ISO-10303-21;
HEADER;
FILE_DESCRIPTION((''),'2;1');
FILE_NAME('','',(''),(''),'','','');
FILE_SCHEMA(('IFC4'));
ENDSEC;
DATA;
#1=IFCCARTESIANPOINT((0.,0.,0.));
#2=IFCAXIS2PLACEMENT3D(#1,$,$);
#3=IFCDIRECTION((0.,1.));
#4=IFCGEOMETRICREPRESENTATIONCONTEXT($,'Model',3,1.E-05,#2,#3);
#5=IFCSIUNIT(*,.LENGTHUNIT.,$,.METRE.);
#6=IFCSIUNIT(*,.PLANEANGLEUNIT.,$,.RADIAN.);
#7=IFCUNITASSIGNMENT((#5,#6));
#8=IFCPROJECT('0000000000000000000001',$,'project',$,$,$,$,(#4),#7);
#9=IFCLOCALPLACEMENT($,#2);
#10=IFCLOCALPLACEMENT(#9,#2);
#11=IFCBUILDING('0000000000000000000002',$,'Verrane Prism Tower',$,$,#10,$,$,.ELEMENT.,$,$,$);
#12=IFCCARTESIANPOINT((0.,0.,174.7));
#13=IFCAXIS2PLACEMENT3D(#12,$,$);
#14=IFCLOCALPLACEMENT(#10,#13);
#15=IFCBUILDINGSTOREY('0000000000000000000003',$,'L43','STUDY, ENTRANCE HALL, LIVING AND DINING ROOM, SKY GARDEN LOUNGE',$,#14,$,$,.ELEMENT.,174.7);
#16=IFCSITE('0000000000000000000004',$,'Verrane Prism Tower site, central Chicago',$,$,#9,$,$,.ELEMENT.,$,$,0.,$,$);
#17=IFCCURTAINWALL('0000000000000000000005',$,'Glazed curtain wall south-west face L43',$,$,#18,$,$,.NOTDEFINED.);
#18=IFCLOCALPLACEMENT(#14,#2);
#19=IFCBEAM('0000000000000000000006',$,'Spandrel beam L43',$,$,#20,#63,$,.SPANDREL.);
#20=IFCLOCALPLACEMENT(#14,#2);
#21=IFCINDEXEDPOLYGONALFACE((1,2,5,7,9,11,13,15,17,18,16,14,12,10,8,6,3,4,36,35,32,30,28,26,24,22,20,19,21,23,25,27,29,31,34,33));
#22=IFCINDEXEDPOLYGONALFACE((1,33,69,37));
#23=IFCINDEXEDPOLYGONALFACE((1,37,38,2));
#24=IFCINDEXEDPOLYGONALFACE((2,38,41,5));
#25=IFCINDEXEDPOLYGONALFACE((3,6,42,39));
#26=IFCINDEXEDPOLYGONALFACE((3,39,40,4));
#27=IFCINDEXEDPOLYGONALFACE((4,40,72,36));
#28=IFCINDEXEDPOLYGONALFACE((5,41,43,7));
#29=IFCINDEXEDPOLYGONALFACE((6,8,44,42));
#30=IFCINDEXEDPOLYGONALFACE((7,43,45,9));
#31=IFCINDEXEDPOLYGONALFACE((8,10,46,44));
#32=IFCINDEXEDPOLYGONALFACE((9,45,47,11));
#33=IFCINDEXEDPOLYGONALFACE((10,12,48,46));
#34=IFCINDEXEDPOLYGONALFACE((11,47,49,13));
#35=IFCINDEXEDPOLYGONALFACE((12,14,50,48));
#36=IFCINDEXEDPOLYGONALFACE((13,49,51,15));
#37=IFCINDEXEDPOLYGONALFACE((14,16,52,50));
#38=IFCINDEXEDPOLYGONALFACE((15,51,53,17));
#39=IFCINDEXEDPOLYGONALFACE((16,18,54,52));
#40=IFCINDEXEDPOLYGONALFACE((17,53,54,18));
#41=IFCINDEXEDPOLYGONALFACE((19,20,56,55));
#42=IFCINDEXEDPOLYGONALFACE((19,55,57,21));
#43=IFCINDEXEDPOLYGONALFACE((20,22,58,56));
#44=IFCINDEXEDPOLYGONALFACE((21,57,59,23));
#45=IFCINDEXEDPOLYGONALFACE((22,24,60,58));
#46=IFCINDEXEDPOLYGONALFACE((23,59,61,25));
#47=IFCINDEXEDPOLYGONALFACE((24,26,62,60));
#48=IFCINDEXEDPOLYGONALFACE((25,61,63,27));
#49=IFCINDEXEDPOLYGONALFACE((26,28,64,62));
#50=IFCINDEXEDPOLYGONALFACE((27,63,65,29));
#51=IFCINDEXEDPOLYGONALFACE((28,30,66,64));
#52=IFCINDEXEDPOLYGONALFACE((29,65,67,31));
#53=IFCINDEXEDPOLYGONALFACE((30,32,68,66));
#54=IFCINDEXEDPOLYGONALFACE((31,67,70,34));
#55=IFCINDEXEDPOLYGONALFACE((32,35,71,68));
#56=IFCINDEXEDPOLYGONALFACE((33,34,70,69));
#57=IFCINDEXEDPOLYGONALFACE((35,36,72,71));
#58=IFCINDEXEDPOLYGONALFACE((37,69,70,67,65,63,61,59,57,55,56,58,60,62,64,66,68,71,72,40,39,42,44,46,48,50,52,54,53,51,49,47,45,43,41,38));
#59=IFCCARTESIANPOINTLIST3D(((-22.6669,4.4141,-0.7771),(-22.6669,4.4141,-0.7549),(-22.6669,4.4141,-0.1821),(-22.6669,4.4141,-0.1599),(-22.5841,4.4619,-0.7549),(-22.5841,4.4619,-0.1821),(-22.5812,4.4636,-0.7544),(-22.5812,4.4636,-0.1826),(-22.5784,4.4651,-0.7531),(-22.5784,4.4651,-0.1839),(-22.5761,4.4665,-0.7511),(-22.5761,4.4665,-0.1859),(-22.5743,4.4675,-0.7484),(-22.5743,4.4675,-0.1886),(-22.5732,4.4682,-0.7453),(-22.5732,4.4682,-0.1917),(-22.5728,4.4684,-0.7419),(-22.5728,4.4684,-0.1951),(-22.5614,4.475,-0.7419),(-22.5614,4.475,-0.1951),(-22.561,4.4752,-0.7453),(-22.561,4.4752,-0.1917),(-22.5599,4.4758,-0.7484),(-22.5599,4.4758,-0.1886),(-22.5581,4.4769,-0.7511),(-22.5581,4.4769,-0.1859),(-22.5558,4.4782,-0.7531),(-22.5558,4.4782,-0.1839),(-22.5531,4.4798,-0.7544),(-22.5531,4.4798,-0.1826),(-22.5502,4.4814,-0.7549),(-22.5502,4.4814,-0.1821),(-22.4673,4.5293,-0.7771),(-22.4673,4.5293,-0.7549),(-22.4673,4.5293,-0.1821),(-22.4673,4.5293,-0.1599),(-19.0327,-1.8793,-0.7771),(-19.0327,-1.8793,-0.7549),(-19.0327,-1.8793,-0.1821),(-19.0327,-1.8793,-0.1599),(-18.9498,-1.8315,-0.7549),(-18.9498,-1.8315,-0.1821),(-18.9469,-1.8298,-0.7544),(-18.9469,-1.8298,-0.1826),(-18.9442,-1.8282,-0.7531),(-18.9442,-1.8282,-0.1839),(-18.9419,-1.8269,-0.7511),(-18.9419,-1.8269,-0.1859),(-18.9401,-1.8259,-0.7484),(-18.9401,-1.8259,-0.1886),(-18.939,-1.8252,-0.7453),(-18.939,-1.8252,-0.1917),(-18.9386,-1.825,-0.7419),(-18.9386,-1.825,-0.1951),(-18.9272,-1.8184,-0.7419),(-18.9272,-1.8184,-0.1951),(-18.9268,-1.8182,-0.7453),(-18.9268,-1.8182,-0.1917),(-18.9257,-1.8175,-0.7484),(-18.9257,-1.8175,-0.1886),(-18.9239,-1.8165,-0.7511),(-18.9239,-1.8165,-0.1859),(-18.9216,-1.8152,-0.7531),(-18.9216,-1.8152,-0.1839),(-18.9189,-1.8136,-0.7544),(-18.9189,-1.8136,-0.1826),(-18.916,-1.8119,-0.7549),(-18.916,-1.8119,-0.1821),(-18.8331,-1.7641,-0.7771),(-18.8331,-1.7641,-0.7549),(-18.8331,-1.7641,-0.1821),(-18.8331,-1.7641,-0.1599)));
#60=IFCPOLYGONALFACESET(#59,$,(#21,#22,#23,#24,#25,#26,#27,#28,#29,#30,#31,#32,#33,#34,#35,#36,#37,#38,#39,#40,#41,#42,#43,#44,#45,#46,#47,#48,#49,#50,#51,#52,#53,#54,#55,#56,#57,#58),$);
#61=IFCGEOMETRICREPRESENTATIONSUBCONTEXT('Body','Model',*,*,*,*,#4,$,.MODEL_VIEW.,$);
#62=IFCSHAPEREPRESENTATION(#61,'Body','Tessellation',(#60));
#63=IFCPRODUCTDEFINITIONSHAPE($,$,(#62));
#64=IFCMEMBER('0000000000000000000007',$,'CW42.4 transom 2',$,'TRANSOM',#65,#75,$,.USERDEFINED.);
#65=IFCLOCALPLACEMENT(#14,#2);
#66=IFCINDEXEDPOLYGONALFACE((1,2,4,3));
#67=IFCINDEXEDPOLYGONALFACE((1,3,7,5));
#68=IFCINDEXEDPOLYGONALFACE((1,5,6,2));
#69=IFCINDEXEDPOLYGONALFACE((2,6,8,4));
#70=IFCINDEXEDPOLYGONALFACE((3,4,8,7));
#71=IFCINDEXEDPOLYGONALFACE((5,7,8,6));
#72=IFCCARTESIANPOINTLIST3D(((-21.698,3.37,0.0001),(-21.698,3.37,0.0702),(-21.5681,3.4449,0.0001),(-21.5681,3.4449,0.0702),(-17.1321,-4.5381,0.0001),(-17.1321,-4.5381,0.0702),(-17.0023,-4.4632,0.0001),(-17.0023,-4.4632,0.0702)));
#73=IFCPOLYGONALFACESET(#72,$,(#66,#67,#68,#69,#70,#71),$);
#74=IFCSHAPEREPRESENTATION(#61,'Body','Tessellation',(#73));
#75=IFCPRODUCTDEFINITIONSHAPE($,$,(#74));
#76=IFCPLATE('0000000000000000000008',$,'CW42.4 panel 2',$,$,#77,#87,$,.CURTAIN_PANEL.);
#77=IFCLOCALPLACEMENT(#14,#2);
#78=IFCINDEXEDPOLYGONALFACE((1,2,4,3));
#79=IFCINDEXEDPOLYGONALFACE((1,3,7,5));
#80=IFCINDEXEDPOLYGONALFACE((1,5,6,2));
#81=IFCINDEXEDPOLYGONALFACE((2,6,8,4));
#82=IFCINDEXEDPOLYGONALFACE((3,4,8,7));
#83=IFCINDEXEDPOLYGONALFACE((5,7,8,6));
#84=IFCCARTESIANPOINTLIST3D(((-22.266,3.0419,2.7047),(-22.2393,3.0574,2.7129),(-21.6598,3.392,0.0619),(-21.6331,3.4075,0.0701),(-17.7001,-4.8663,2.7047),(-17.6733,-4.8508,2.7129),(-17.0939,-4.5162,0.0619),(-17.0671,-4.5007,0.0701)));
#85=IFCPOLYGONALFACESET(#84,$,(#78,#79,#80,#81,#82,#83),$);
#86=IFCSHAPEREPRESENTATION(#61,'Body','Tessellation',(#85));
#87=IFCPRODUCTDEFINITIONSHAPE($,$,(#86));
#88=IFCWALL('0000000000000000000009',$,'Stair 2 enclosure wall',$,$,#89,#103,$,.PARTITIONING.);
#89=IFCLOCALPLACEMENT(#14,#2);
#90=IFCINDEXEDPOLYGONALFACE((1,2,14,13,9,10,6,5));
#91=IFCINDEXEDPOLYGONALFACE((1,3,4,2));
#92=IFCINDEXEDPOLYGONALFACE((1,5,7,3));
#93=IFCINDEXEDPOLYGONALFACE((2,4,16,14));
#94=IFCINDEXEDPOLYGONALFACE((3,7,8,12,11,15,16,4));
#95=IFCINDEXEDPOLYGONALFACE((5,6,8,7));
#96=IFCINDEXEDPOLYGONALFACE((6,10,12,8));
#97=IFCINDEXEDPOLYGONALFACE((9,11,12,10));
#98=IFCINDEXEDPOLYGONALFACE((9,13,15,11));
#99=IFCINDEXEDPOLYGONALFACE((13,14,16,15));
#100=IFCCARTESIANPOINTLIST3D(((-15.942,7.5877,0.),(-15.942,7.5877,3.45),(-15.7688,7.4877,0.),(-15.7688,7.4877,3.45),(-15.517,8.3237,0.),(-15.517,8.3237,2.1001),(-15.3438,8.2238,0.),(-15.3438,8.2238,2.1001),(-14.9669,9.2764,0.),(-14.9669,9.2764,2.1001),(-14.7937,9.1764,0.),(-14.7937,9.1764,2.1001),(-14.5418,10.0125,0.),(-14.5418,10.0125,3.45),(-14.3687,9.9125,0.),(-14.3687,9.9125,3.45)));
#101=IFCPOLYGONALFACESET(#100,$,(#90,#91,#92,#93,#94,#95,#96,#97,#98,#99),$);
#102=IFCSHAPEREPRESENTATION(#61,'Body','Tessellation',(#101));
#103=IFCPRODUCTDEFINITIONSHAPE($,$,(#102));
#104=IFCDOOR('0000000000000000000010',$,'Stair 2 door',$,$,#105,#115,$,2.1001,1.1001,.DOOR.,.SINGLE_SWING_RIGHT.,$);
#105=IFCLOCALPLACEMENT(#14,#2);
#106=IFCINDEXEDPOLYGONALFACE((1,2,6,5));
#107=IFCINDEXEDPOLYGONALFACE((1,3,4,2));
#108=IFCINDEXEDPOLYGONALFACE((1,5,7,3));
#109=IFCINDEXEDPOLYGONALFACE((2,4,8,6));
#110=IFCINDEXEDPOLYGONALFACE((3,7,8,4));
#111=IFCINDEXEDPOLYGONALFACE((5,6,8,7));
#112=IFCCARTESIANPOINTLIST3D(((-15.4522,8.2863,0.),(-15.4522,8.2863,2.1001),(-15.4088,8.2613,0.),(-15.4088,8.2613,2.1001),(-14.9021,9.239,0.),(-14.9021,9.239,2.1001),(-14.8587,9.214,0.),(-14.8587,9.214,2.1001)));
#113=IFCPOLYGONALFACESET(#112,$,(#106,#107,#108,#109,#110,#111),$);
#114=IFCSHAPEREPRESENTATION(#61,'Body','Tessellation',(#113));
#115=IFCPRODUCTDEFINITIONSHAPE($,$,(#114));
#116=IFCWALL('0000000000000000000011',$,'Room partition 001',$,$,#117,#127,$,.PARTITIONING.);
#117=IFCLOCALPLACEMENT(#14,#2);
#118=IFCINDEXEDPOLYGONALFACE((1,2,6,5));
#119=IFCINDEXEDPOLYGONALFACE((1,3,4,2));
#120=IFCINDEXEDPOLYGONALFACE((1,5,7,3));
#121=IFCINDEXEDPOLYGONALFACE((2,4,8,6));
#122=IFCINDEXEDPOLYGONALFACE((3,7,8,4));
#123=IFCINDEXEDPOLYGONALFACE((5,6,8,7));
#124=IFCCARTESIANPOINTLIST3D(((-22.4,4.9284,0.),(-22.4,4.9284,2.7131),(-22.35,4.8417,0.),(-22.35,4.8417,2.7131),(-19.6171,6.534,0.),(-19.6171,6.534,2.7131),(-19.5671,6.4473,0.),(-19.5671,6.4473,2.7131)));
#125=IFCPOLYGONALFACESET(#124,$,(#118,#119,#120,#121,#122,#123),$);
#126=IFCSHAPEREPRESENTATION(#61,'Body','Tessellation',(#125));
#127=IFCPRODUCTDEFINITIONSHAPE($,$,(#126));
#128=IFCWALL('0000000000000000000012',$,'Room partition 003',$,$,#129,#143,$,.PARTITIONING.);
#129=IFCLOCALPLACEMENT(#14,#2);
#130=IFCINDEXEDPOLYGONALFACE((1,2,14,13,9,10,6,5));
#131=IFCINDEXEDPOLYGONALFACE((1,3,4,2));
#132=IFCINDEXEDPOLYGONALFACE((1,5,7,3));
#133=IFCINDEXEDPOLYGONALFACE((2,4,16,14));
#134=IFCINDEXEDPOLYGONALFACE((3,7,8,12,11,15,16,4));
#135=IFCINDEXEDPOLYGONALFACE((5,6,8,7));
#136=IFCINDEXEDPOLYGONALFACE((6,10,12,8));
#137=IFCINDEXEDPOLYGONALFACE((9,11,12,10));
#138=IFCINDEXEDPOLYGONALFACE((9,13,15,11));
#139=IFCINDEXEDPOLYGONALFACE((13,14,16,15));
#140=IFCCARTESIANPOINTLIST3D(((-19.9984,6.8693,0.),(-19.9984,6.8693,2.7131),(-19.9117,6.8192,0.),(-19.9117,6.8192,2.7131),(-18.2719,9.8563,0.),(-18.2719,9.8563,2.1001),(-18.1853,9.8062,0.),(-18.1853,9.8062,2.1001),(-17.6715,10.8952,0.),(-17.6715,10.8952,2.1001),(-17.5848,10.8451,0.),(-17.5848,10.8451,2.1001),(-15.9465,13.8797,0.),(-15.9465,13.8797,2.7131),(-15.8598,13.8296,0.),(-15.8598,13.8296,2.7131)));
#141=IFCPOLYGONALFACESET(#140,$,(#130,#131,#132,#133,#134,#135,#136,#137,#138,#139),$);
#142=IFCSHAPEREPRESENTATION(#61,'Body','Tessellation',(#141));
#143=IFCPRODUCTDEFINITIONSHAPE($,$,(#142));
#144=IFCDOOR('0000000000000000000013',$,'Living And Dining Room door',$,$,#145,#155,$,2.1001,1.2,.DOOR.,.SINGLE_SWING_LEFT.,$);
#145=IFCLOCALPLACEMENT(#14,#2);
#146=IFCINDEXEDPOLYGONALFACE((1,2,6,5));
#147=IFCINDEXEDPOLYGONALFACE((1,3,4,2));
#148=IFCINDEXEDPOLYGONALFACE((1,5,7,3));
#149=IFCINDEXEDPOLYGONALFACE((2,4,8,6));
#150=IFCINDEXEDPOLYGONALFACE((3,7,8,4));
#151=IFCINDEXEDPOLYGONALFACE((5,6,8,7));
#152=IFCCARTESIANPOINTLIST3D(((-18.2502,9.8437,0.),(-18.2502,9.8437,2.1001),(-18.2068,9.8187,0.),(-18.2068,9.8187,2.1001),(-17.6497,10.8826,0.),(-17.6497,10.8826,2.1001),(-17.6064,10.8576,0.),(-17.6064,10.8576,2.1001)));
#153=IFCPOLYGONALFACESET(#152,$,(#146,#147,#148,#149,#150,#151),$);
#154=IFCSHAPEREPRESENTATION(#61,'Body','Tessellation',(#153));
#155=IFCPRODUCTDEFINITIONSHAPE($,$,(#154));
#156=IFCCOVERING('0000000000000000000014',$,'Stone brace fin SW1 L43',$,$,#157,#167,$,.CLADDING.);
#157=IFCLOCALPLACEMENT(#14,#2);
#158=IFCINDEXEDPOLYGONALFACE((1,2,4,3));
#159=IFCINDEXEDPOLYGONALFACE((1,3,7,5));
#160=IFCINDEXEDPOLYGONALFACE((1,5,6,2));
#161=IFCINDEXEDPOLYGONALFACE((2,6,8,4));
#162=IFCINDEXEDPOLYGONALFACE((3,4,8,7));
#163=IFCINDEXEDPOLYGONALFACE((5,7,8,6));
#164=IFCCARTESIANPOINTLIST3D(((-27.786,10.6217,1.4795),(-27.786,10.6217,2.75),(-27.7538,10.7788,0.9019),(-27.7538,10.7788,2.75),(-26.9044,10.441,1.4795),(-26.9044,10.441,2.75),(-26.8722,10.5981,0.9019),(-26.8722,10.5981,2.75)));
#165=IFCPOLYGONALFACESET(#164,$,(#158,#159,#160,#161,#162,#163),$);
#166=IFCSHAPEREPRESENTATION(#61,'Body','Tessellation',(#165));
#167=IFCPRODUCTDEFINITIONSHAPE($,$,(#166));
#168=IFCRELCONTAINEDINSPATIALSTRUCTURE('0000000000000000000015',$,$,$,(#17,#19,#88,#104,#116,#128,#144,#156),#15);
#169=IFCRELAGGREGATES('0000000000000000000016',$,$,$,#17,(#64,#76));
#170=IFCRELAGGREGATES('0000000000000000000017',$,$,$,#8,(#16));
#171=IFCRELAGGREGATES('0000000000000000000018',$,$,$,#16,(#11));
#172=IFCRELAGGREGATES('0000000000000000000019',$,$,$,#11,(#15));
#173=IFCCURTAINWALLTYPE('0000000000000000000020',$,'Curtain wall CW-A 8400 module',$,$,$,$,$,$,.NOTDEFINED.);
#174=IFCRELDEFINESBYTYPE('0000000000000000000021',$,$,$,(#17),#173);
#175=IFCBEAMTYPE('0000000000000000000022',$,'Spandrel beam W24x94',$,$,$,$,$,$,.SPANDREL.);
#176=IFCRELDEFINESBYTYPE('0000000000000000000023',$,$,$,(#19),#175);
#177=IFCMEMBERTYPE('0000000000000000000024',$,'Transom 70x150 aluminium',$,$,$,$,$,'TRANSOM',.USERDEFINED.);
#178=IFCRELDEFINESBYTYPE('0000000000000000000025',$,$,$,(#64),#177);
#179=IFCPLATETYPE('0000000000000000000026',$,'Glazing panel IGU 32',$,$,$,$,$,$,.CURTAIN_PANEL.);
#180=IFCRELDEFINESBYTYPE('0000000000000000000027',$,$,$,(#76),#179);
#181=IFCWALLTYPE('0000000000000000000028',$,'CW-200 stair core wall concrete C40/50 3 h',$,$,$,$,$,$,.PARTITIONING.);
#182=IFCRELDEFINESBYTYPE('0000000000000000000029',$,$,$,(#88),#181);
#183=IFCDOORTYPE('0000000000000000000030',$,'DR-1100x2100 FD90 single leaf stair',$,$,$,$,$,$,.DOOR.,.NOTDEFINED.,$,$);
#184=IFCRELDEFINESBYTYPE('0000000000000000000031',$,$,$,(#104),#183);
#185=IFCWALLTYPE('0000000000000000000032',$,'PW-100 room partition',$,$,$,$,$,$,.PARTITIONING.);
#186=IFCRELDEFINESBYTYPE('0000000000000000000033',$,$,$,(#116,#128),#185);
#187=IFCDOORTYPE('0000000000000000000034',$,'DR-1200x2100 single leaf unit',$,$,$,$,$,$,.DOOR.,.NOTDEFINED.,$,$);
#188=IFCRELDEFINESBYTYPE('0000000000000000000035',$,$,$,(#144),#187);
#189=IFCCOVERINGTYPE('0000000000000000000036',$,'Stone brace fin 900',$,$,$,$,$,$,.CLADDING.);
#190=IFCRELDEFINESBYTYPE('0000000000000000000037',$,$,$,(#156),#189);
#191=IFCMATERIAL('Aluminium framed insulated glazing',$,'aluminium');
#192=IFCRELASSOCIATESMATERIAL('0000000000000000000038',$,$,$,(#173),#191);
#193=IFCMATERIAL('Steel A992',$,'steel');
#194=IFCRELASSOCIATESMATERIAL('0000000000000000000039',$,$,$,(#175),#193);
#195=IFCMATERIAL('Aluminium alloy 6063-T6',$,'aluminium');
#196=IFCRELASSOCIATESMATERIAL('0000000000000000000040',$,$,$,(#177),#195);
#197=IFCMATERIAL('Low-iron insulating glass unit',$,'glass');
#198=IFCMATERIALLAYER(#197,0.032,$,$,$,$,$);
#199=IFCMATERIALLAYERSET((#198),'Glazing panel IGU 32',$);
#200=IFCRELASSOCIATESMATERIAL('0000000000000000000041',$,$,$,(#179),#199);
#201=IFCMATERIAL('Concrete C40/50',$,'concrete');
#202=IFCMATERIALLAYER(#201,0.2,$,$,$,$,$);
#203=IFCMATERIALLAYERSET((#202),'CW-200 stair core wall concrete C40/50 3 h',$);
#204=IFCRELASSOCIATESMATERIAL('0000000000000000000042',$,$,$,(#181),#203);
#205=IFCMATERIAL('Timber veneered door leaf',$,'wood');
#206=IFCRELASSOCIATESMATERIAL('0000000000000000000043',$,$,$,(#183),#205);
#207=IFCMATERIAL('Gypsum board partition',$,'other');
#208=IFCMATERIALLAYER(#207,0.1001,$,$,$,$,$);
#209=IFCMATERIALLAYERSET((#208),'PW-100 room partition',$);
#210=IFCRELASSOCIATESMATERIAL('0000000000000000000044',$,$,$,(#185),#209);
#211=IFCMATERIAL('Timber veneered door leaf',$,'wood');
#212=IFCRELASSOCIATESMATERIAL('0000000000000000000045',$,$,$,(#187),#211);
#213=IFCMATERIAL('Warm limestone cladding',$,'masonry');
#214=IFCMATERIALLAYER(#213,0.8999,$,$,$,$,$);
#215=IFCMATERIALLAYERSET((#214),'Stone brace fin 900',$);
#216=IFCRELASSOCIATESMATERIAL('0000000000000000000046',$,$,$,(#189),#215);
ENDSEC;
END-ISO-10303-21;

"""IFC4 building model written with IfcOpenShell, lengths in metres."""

from ifc_helpers import new_model, si_unit, direction, frame, frame_2d, origin, origin_2d, place, context, subcontext, project, spatial, polyline, rectangle, i_section, outline, extrude, material, layer, layer_set, material_profile, profile_set, type_object, element, fill, aggregate, save


model = new_model("IFC4")

# Units and contexts
model_context = context("Model", 3, precision=1e-05, world=origin(), true_north=direction((0.0, 1.0)))
body_context = subcontext(model_context, "Body", "Model", "MODEL_VIEW")
ifc_project = project(units=[si_unit("LENGTHUNIT", "METRE"), si_unit("PLANEANGLEUNIT", "RADIAN")], contexts=[model_context])

# Site, building, storey
site_placement = place(None, origin())
site = spatial("IfcSite", under=ifc_project, at=site_placement, Name="Verrane Prism Tower site, central Chicago", CompositionType="ELEMENT", RefElevation=0.0)
building_placement = place(site_placement, origin())
building = spatial("IfcBuilding", under=site, at=building_placement, Name="Verrane Prism Tower", CompositionType="ELEMENT")
storey_placement = place(building_placement, frame((0.0, 0.0, 174.7)))
storey = spatial("IfcBuildingStorey", under=building, at=storey_placement, Name="L43", Description="STUDY, ENTRANCE HALL, LIVING AND DINING ROOM, SKY GARDEN LOUNGE", CompositionType="ELEMENT", Elevation=174.7)

# Curtain wall
ifc_material_1 = material(Name="Aluminium framed insulated glazing", Category="aluminium")
curtain_wall_type = type_object("IfcCurtainWallType", Name="Curtain wall CW-A 8400 module", PredefinedType="NOTDEFINED", material=ifc_material_1)
curtain_wall_placement = place(storey_placement, origin())
curtain_wall = element("IfcCurtainWall", 1, at=curtain_wall_placement, inside=storey, type_object=curtain_wall_type, Name="Glazed curtain wall south-west face L43", PredefinedType="NOTDEFINED")

# Beam
ifc_material_2 = material(Name="Steel A992", Category="steel")
ifc_material_profile_1 = material_profile(ifc_material_2, i_section(OverallWidth=0.2305, OverallDepth=0.6172, WebThickness=0.0132, FlangeThickness=0.0222, FilletRadius=0.0129, at=origin_2d()), Name="W24x94")
ifc_profile_set_1 = profile_set([ifc_material_profile_1], Name="Steel A992")
beam_type_1 = type_object("IfcBeamType", Name="Spandrel beam W24x94", PredefinedType="SPANDREL", material=ifc_profile_set_1)
beam_1_placement = place(storey_placement, frame((-22.5671, 4.4717, -0.4685), z_axis=(0.500077, -0.865981, 0.0), x_axis=(0.865981, 0.500077, 0.0)))
element("IfcBeam", 2, at=beam_1_placement, inside=storey, type_object=beam_type_1, Name="Spandrel beam L43", PredefinedType="SPANDREL", context=body_context, shape_type="SweptSolid", body=[
    extrude(i_section(OverallWidth=0.2305, OverallDepth=0.6172, WebThickness=0.0132, FlangeThickness=0.0222, FilletRadius=0.0129, at=origin_2d()), origin(), (0.0, 0.0, 1.0), 7.2673),
])

# Member
ifc_material_3 = material(Name="Aluminium alloy 6063-T6", Category="aluminium")
ifc_material_profile_2 = material_profile(ifc_material_3, rectangle(XDim=0.1499, YDim=0.0701, at=origin_2d()), Name="Transom 70x150 aluminium")
ifc_profile_set_2 = profile_set([ifc_material_profile_2], Name="Aluminium alloy 6063-T6")
member_type_1 = type_object("IfcMemberType", Name="Transom 70x150 aluminium", ElementType="TRANSOM", PredefinedType="USERDEFINED", material=ifc_profile_set_2)
member_1_placement = place(storey_placement, frame((-21.6331, 3.4075, 0.0352), z_axis=(0.500009, -0.86602, 0.0), x_axis=(0.86602, 0.500009, 0.0)))
member_1 = element("IfcMember", 3, at=member_1_placement, type_object=member_type_1, Name="CW42.4 transom 2", ObjectType="TRANSOM", PredefinedType="USERDEFINED", context=body_context, shape_type="SweptSolid", body=[
    extrude(rectangle(XDim=0.1499, YDim=0.0701, at=origin_2d()), origin(), (0.0, 0.0, 1.0), 9.1316),
])

# Plate
ifc_material_4 = material(Name="Low-iron insulating glass unit", Category="glass")
ifc_layer_1 = layer(ifc_material_4, 0.032)
ifc_layer_set_1 = layer_set([ifc_layer_1], Name="Glazing panel IGU 32")
plate_type = type_object("IfcPlateType", Name="Glazing panel IGU 32", PredefinedType="CURTAIN_PANEL", material=ifc_layer_set_1)
plate_placement = place(storey_placement, frame((-21.6331, 3.4075, 0.0701), z_axis=(0.83715, 0.483341, 0.256051), x_axis=(0.500009, -0.86602, 0.0)))
plate = element("IfcPlate", 4, at=plate_placement, type_object=plate_type, Name="CW42.4 panel 2", PredefinedType="CURTAIN_PANEL", context=body_context, shape_type="SweptSolid", body=[
    extrude(outline(polyline([(0.0, 0.0), (9.1317, 0.0), (9.1317, -2.734), (0.0001, -2.734), (0.0, 0.0)])), origin(), (0.0, 0.0, -1.0), 0.032),
])
aggregate(curtain_wall, [member_1, plate])

# Wall, opening, door
ifc_material_5 = material(Name="Concrete C40/50", Category="concrete")
ifc_layer_2 = layer(ifc_material_5, 0.2)
ifc_layer_set_2 = layer_set([ifc_layer_2], Name="CW-200 stair core wall concrete C40/50 3 h")
wall_type_1 = type_object("IfcWallType", Name="CW-200 stair core wall concrete C40/50 3 h", PredefinedType="PARTITIONING", material=ifc_layer_set_2)
wall_1_placement = place(storey_placement, frame((-14.4553, 9.9624, 0.0), z_axis=(0.0, 0.0, 1.0), x_axis=(-0.50005, -0.865997, 0.0)))
wall_1 = element("IfcWall", 5, at=wall_1_placement, inside=storey, type_object=wall_type_1, Name="Stair 2 enclosure wall", PredefinedType="PARTITIONING", context=body_context, shape_type="SweptSolid", body=[
    extrude(rectangle(XDim=2.8, YDim=0.2, at=frame_2d((1.3999, 0.0))), origin(), (0.0, 0.0, 1.0), 3.45),
])
opening_1_placement = place(wall_1_placement, frame((0.8499, 0.0, 0.0)))
opening_1 = element("IfcOpeningElement", 6, at=opening_1_placement, cuts=wall_1, PredefinedType="OPENING", context=body_context, shape_type="SweptSolid", body=[
    extrude(rectangle(XDim=1.1001, YDim=2.1001, at=frame_2d((0.55, 1.05))), frame((0.0, 0.1099, 0.0), z_axis=(0.0, -1.0, 0.0), x_axis=(1.0, 0.0, 0.0)), (0.0, 0.0, 1.0), 0.22),
])
ifc_material_6 = material(Name="Timber veneered door leaf", Category="wood")
door_type_1 = type_object("IfcDoorType", Name="DR-1100x2100 FD90 single leaf stair", OperationType="NOTDEFINED", PredefinedType="DOOR", material=ifc_material_6)
door_1_placement = place(opening_1_placement, origin())
door_1 = element("IfcDoor", 7, at=door_1_placement, inside=storey, type_object=door_type_1, Name="Stair 2 door", OperationType="SINGLE_SWING_RIGHT", OverallHeight=2.1001, OverallWidth=1.1001, PredefinedType="DOOR", context=body_context, shape_type="SweptSolid", body=[
    extrude(rectangle(XDim=1.1001, YDim=2.1001, at=frame_2d((0.55, 1.05))), frame((0.0, 0.0249, 0.0), z_axis=(0.0, -1.0, 0.0), x_axis=(1.0, 0.0, 0.0)), (0.0, 0.0, 1.0), 0.05),
])
fill(opening_1, door_1)

# Wall
ifc_material_7 = material(Name="Gypsum board partition", Category="other")
ifc_layer_3 = layer(ifc_material_7, 0.1001)
ifc_layer_set_3 = layer_set([ifc_layer_3], Name="PW-100 room partition")
wall_type_2 = type_object("IfcWallType", Name="PW-100 room partition", PredefinedType="PARTITIONING", material=ifc_layer_set_3)
wall_2_placement = place(storey_placement, frame((-22.375, 4.885, 0.0), z_axis=(0.0, 0.0, 1.0), x_axis=(0.866164, 0.49976, 0.0)))
element("IfcWall", 8, at=wall_2_placement, inside=storey, type_object=wall_type_2, Name="Room partition 001", PredefinedType="PARTITIONING", context=body_context, shape_type="SweptSolid", body=[
    extrude(rectangle(XDim=3.2129, YDim=0.1001, at=frame_2d((1.6064, 0.0))), origin(), (0.0, 0.0, 1.0), 2.7131),
])

# Wall, opening, door
wall_3_placement = place(storey_placement, frame((-19.9551, 6.8442, 0.0), z_axis=(0.0, 0.0, 1.0), x_axis=(0.500416, 0.865785, 0.0)))
wall_3 = element("IfcWall", 9, at=wall_3_placement, inside=storey, type_object=wall_type_2, Name="Room partition 003", PredefinedType="PARTITIONING", context=body_context, shape_type="SweptSolid", body=[
    extrude(rectangle(XDim=8.0972, YDim=0.1001, at=frame_2d((4.0486, 0.0))), origin(), (0.0, 0.0, 1.0), 2.7131),
])
opening_2_placement = place(wall_3_placement, frame((3.45, 0.0, 0.0)))
opening_2 = element("IfcOpeningElement", 10, at=opening_2_placement, cuts=wall_3, PredefinedType="OPENING", context=body_context, shape_type="SweptSolid", body=[
    extrude(rectangle(XDim=1.2, YDim=2.1001, at=frame_2d((0.6001, 1.05))), frame((0.0, 0.0601, 0.0), z_axis=(0.0, -1.0, 0.0), x_axis=(1.0, 0.0, 0.0)), (0.0, 0.0, 1.0), 0.1201),
])
ifc_material_8 = material(Name="Timber veneered door leaf", Category="wood")
door_type_2 = type_object("IfcDoorType", Name="DR-1200x2100 single leaf unit", OperationType="NOTDEFINED", PredefinedType="DOOR", material=ifc_material_8)
door_2_placement = place(opening_2_placement, origin())
door_2 = element("IfcDoor", 11, at=door_2_placement, inside=storey, type_object=door_type_2, Name="Living And Dining Room door", OperationType="SINGLE_SWING_LEFT", OverallHeight=2.1001, OverallWidth=1.2, PredefinedType="DOOR", context=body_context, shape_type="SweptSolid", body=[
    extrude(rectangle(XDim=1.2, YDim=2.1001, at=frame_2d((0.6001, 1.05))), frame((0.0, 0.0249, 0.0), z_axis=(0.0, -1.0, 0.0), x_axis=(1.0, 0.0, 0.0)), (0.0, 0.0, 1.0), 0.05),
])
fill(opening_2, door_2)

# Covering
ifc_material_9 = material(Name="Warm limestone cladding", Category="masonry")
ifc_layer_4 = layer(ifc_material_9, 0.8999)
ifc_layer_set_4 = layer_set([ifc_layer_4], Name="Stone brace fin 900")
covering_type = type_object("IfcCoveringType", Name="Stone brace fin 900", PredefinedType="CLADDING", material=ifc_layer_set_4)
covering_placement = place(storey_placement, frame((-27.313, 10.6885, 0.9019), z_axis=(0.0, 0.0, 1.0), x_axis=(-0.200794, -0.979633, 0.0)))
element("IfcCovering", 12, at=covering_placement, inside=storey, type_object=covering_type, Name="Stone brace fin SW1 L43", PredefinedType="CLADDING", context=body_context, shape_type="SweptSolid", body=[
    extrude(outline(polyline([(0.1604, 1.8481), (0.0, 1.8481), (0.0, 0.0), (0.1604, 0.5776), (0.1604, 1.8481)])), frame((0.0, 0.45, 0.0), z_axis=(0.0, -1.0, 0.0), x_axis=(1.0, 0.0, 0.0)), (0.0, 0.0, 1.0), 0.8999),
])

save(model, "model.ifc")
